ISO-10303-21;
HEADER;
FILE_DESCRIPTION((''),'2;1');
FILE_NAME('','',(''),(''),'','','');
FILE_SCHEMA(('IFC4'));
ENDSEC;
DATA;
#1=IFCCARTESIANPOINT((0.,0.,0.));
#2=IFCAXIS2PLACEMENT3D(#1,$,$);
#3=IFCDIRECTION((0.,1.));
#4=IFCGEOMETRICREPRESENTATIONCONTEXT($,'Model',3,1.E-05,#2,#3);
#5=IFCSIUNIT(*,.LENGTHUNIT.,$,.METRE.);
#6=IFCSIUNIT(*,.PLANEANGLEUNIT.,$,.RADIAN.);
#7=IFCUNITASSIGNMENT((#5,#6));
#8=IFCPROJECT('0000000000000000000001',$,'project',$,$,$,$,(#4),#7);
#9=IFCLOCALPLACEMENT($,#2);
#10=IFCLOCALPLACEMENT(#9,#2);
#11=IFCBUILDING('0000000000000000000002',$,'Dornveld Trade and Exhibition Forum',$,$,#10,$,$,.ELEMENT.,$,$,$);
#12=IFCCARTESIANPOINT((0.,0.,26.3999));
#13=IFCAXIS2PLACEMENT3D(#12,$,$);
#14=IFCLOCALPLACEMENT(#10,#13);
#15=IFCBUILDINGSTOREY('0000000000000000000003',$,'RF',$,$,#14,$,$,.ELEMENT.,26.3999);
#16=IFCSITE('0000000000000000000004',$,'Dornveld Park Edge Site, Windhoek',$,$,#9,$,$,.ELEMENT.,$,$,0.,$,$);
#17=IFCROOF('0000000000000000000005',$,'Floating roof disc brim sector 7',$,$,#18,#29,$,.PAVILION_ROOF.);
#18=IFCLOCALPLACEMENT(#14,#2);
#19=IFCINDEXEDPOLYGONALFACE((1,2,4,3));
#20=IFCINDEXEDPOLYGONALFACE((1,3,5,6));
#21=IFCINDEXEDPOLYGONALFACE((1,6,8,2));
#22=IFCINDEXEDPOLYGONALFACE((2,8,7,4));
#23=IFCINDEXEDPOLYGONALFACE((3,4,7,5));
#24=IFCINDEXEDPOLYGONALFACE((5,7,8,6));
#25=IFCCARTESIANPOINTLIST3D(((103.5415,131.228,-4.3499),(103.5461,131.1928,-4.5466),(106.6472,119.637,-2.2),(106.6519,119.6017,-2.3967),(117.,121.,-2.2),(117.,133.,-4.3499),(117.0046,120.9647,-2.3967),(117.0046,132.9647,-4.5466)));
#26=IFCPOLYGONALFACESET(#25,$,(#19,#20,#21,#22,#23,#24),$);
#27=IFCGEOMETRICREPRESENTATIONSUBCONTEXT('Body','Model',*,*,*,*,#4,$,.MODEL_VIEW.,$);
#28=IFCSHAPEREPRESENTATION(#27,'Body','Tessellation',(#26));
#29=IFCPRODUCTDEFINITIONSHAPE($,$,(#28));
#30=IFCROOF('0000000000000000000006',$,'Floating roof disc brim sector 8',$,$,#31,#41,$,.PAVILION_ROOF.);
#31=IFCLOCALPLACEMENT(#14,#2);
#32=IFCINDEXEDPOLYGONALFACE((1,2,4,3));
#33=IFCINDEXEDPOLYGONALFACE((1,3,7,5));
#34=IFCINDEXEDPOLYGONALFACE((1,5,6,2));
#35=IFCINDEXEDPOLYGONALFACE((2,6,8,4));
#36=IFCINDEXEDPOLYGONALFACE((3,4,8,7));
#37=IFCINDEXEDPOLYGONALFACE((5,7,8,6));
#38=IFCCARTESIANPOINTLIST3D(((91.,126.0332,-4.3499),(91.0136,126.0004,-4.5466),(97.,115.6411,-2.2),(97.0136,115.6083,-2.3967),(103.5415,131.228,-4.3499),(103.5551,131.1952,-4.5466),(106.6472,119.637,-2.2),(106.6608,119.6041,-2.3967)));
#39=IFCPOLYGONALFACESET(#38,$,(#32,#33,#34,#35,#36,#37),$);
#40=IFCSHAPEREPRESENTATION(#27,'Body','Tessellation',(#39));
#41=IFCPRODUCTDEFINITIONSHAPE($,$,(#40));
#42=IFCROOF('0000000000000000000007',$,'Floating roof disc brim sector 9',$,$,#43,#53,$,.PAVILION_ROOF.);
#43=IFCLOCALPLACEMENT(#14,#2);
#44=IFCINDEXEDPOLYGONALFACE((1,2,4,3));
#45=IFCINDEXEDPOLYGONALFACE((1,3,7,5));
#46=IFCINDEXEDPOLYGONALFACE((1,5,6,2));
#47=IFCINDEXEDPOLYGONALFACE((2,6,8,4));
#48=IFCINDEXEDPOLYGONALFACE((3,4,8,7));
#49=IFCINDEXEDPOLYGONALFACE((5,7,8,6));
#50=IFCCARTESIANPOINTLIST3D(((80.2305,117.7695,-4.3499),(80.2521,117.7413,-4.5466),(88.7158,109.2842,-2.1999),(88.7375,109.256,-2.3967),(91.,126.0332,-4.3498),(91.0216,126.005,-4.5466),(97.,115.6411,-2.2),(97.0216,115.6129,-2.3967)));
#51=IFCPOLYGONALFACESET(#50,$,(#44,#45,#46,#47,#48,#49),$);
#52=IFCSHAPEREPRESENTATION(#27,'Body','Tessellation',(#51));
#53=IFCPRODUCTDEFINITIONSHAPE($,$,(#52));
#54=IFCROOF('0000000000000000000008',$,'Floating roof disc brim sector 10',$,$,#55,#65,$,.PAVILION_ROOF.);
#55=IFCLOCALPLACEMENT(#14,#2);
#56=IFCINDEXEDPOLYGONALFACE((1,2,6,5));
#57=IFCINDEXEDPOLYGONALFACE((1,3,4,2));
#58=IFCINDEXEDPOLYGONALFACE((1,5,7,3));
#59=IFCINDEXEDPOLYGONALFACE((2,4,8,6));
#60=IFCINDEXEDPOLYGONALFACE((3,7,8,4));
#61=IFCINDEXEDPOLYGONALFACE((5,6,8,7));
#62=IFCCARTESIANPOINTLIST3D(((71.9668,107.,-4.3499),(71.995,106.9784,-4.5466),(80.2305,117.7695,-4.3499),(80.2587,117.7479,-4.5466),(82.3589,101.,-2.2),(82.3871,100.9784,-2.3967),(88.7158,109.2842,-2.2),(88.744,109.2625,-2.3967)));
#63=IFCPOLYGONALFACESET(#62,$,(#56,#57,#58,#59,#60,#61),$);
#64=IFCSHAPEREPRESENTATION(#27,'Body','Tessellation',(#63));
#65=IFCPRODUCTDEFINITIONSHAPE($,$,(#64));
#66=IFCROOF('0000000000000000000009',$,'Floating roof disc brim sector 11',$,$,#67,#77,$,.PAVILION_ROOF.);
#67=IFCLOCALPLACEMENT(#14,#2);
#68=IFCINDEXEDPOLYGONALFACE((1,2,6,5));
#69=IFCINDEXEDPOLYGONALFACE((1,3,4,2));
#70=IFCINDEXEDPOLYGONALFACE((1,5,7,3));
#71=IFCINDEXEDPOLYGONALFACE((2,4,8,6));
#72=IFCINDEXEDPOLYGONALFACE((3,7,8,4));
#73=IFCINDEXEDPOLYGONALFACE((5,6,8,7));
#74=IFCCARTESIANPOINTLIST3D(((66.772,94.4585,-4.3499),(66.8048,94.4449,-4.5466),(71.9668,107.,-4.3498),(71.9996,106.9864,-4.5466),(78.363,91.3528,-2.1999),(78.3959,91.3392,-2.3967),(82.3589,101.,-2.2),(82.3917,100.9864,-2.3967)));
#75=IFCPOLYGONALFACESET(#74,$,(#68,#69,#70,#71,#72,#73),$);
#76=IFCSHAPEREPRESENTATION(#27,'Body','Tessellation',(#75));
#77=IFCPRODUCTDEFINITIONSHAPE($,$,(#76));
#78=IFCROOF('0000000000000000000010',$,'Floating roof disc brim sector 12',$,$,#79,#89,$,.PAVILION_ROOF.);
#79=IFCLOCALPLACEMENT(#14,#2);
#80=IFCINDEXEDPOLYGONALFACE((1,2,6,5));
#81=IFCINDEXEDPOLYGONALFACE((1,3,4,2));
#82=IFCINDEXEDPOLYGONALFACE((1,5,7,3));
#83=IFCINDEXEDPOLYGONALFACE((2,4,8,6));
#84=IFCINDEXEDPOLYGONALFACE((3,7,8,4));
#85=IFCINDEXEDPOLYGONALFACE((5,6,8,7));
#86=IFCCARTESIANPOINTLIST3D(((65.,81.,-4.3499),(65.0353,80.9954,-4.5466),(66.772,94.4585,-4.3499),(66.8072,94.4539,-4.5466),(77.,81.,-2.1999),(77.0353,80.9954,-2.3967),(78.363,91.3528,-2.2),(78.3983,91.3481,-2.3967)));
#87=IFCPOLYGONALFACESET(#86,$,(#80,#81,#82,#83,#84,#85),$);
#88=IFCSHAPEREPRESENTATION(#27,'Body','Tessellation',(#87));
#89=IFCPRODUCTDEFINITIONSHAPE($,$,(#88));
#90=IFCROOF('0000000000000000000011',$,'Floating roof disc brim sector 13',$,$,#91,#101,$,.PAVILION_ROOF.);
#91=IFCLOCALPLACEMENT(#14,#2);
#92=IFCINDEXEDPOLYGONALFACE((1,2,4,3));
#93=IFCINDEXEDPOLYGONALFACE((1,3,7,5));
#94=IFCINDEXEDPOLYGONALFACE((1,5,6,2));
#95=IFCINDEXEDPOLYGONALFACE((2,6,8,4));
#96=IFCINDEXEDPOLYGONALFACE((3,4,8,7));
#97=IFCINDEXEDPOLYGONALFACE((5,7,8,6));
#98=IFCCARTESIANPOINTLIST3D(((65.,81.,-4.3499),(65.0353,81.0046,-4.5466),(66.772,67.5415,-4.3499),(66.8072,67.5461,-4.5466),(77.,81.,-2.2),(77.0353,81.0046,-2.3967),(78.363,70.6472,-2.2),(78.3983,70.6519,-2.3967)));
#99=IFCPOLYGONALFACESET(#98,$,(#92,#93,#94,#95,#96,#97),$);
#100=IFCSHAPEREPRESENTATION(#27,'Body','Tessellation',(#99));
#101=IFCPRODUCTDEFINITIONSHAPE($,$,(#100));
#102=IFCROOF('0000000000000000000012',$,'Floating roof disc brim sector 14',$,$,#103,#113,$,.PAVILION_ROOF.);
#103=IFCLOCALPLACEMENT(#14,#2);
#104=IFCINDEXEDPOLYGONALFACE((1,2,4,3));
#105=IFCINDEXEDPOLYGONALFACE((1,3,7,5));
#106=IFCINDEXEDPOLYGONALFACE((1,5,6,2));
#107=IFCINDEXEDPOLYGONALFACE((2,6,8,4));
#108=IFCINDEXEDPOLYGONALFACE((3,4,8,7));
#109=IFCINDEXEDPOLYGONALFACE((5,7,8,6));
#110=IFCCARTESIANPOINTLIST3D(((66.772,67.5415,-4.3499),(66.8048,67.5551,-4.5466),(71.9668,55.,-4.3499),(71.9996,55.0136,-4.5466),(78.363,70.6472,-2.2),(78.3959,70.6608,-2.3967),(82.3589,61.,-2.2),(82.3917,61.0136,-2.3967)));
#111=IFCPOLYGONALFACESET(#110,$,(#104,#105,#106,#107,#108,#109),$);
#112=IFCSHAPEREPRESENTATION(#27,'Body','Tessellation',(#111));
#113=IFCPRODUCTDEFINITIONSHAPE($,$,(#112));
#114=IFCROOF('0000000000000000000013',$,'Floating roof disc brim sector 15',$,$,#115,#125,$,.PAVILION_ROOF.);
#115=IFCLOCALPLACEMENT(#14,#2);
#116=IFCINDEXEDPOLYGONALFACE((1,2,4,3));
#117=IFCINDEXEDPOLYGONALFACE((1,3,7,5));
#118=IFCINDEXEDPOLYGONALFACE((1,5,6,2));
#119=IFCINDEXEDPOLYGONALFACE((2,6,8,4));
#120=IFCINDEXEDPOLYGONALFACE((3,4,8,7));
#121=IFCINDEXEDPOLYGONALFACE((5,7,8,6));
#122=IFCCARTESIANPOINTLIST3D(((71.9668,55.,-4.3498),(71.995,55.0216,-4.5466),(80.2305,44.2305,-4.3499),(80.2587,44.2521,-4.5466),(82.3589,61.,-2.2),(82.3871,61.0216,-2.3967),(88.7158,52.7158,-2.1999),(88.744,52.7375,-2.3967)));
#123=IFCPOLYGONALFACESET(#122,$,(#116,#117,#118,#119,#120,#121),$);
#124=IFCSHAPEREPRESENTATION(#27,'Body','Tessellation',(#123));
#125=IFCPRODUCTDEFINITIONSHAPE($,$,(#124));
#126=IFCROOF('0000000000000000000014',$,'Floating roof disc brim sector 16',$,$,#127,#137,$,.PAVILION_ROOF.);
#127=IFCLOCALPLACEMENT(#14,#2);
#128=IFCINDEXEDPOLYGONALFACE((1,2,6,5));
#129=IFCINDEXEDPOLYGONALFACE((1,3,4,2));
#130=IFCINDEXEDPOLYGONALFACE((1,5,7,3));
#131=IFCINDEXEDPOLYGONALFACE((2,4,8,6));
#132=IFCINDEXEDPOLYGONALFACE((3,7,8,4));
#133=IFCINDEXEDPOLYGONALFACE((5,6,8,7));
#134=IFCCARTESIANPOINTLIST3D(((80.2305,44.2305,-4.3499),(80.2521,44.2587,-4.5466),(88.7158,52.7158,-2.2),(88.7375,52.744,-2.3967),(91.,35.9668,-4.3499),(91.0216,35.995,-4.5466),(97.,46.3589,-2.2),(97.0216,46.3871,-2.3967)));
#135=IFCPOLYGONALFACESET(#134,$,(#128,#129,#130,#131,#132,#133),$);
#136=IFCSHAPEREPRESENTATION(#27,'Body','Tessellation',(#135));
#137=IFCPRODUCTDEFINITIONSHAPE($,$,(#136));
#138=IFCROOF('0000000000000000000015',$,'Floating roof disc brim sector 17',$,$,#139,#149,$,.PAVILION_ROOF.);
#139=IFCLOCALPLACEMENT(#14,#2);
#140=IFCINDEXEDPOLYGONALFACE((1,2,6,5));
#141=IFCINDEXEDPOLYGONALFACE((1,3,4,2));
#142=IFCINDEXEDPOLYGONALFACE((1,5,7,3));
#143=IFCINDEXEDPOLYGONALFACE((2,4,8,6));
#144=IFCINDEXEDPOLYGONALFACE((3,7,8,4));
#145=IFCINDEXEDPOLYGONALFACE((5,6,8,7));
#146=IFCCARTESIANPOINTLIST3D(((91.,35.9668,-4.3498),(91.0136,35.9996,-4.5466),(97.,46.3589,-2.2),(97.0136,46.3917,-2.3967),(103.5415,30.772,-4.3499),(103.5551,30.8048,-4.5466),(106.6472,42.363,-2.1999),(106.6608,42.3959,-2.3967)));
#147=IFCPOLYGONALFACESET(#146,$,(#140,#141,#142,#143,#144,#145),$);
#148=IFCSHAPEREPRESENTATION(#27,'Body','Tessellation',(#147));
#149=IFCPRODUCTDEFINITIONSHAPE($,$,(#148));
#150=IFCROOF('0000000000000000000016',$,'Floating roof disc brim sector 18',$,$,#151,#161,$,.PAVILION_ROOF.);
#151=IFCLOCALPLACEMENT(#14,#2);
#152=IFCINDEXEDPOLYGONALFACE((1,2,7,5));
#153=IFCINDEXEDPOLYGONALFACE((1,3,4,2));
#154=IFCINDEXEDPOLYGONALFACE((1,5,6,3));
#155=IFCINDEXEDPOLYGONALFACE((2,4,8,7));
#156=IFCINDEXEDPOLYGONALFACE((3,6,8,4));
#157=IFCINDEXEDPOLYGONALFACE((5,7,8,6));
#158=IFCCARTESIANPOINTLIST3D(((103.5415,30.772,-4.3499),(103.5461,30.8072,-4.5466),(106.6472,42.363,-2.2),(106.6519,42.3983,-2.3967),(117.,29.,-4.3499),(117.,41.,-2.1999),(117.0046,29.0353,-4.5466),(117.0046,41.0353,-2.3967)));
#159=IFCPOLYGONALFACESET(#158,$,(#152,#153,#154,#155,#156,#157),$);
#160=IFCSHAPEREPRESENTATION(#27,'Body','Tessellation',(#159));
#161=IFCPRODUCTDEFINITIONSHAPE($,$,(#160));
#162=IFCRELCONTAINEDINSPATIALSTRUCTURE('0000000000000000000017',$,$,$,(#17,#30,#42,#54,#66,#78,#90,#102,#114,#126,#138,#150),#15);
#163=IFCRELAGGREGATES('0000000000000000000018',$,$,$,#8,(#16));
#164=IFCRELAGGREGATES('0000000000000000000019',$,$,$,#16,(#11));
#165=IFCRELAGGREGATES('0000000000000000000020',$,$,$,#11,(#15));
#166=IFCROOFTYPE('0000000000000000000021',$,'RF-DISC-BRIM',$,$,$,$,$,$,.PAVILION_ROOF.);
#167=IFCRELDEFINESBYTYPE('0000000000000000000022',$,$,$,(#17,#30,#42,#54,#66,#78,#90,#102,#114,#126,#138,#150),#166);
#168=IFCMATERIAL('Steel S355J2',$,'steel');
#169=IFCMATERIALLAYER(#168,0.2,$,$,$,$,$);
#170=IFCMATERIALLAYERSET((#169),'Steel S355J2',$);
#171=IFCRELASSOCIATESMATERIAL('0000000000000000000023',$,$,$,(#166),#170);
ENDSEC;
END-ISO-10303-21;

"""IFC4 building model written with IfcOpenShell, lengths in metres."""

from ifc_helpers import new_model, si_unit, direction, frame, origin, place, context, subcontext, project, spatial, polyline, outline, extrude, material, layer, layer_set, type_object, element, save


model = new_model("IFC4")

# Units and contexts
model_context = context("Model", 3, precision=1e-05, world=origin(), true_north=direction((0.0, 1.0)))
body_context = subcontext(model_context, "Body", "Model", "MODEL_VIEW")
ifc_project = project(units=[si_unit("LENGTHUNIT", "METRE"), si_unit("PLANEANGLEUNIT", "RADIAN")], contexts=[model_context])

# Site, building, storey
site_placement = place(None, origin())
site = spatial("IfcSite", under=ifc_project, at=site_placement, Name="Dornveld Park Edge Site, Windhoek", CompositionType="ELEMENT", RefElevation=0.0)
building_placement = place(site_placement, origin())
building = spatial("IfcBuilding", under=site, at=building_placement, Name="Dornveld Trade and Exhibition Forum", CompositionType="ELEMENT")
storey_placement = place(building_placement, frame((0.0, 0.0, 26.3999)))
storey = spatial("IfcBuildingStorey", under=building, at=storey_placement, Name="RF", CompositionType="ELEMENT", Elevation=26.3999)

# Roofs
ifc_material_1 = material(Name="Steel S355J2", Category="steel")
ifc_layer_1 = layer(ifc_material_1, 0.2)
ifc_layer_set_1 = layer_set([ifc_layer_1], Name="Steel S355J2")
roof_type_1 = type_object("IfcRoofType", Name="RF-DISC-BRIM", PredefinedType="PAVILION_ROOF", material=ifc_layer_set_1)
roof_1_placement = place(storey_placement, frame((117.0, 121.0, -2.2), z_axis=(-0.023212, 0.176303, 0.984062), x_axis=(0.0, 0.984327, -0.176351)))
element("IfcRoof", 1, at=roof_1_placement, inside=storey, type_object=roof_type_1, Name="Floating roof disc brim sector 7", PredefinedType="PAVILION_ROOF", context=body_context, shape_type="SweptSolid", body=[
    extrude(outline(polyline([(0.0, 0.0), (12.1911, 0.0), (10.4469, 13.4621), (-1.3417, 10.3556), (0.0, 0.0)])), origin(), (0.0, 0.0, -1.0), 0.2),
])
roof_2_placement = place(storey_placement, frame((106.6472, 119.637, -2.2), z_axis=(-0.06805, 0.164291, 0.984062), x_axis=(-0.254755, 0.950789, -0.176353)))
element("IfcRoof", 2, at=roof_2_placement, inside=storey, type_object=roof_type_1, Name="Floating roof disc brim sector 8", PredefinedType="PAVILION_ROOF", context=body_context, shape_type="SweptSolid", body=[
    extrude(outline(polyline([(0.0, 0.0), (12.191, 0.0), (10.4468, 13.4623), (-1.3415, 10.3555), (0.0, 0.0)])), origin(), (0.0, 0.0, -1.0), 0.2),
])
roof_3_placement = place(storey_placement, frame((97.0, 115.6411, -2.2), z_axis=(-0.108254, 0.141077, 0.984062), x_axis=(-0.492171, 0.852448, -0.176351)))
element("IfcRoof", 3, at=roof_3_placement, inside=storey, type_object=roof_type_1, Name="Floating roof disc brim sector 9", PredefinedType="PAVILION_ROOF", context=body_context, shape_type="SweptSolid", body=[
    extrude(outline(polyline([(0.0, 0.0), (12.1909, 0.0), (10.447, 13.4622), (-1.3417, 10.3556), (0.0, 0.0)])), origin(), (0.0, 0.0, -1.0), 0.2),
])
roof_4_placement = place(storey_placement, frame((88.7158, 109.2842, -2.2), z_axis=(-0.141077, 0.108254, 0.984062), x_axis=(-0.696024, 0.696025, -0.176351)))
element("IfcRoof", 4, at=roof_4_placement, inside=storey, type_object=roof_type_1, Name="Floating roof disc brim sector 10", PredefinedType="PAVILION_ROOF", context=body_context, shape_type="SweptSolid", body=[
    extrude(outline(polyline([(0.0, 0.0), (12.1912, 0.0), (10.447, 13.4621), (-1.3414, 10.3556), (0.0, 0.0)])), origin(), (0.0, 0.0, -1.0), 0.2),
])
roof_5_placement = place(storey_placement, frame((82.3589, 101.0, -2.2), z_axis=(-0.164291, 0.06805, 0.984062), x_axis=(-0.852448, 0.492171, -0.176352)))
element("IfcRoof", 5, at=roof_5_placement, inside=storey, type_object=roof_type_1, Name="Floating roof disc brim sector 11", PredefinedType="PAVILION_ROOF", context=body_context, shape_type="SweptSolid", body=[
    extrude(outline(polyline([(0.0, 0.0), (12.1909, 0.0), (10.4466, 13.4623), (-1.3418, 10.3554), (0.0, 0.0)])), origin(), (0.0, 0.0, -1.0), 0.2),
])
roof_6_placement = place(storey_placement, frame((78.363, 91.3528, -2.2), z_axis=(-0.176303, 0.023212, 0.984062), x_axis=(-0.950789, 0.254755, -0.176351)))
element("IfcRoof", 6, at=roof_6_placement, inside=storey, type_object=roof_type_1, Name="Floating roof disc brim sector 12", PredefinedType="PAVILION_ROOF", context=body_context, shape_type="SweptSolid", body=[
    extrude(outline(polyline([(0.0, 0.0), (12.191, 0.0), (10.4472, 13.4622), (-1.3415, 10.3556), (0.0, 0.0)])), origin(), (0.0, 0.0, -1.0), 0.2),
])
roof_7_placement = place(storey_placement, frame((77.0, 81.0, -2.2), z_axis=(-0.176303, -0.023212, 0.984062), x_axis=(-0.984327, 0.0, -0.176351)))
element("IfcRoof", 7, at=roof_7_placement, inside=storey, type_object=roof_type_1, Name="Floating roof disc brim sector 13", PredefinedType="PAVILION_ROOF", context=body_context, shape_type="SweptSolid", body=[
    extrude(outline(polyline([(0.0, 0.0), (12.1911, 0.0), (10.4469, 13.4621), (-1.3417, 10.3556), (0.0, 0.0)])), origin(), (0.0, 0.0, -1.0), 0.2),
])
roof_8_placement = place(storey_placement, frame((78.363, 70.6472, -2.2), z_axis=(-0.164291, -0.06805, 0.984062), x_axis=(-0.950789, -0.254755, -0.176353)))
element("IfcRoof", 8, at=roof_8_placement, inside=storey, type_object=roof_type_1, Name="Floating roof disc brim sector 14", PredefinedType="PAVILION_ROOF", context=body_context, shape_type="SweptSolid", body=[
    extrude(outline(polyline([(0.0, 0.0), (12.191, 0.0), (10.4468, 13.4623), (-1.3415, 10.3555), (0.0, 0.0)])), origin(), (0.0, 0.0, -1.0), 0.2),
])
roof_9_placement = place(storey_placement, frame((82.3589, 61.0, -2.2), z_axis=(-0.141077, -0.108254, 0.984062), x_axis=(-0.852448, -0.492171, -0.176351)))
element("IfcRoof", 9, at=roof_9_placement, inside=storey, type_object=roof_type_1, Name="Floating roof disc brim sector 15", PredefinedType="PAVILION_ROOF", context=body_context, shape_type="SweptSolid", body=[
    extrude(outline(polyline([(0.0, 0.0), (12.1909, 0.0), (10.447, 13.4622), (-1.3417, 10.3556), (0.0, 0.0)])), origin(), (0.0, 0.0, -1.0), 0.2),
])
roof_10_placement = place(storey_placement, frame((88.7158, 52.7158, -2.2), z_axis=(-0.108254, -0.141077, 0.984062), x_axis=(-0.696025, -0.696024, -0.176351)))
element("IfcRoof", 10, at=roof_10_placement, inside=storey, type_object=roof_type_1, Name="Floating roof disc brim sector 16", PredefinedType="PAVILION_ROOF", context=body_context, shape_type="SweptSolid", body=[
    extrude(outline(polyline([(0.0, 0.0), (12.1912, 0.0), (10.447, 13.4621), (-1.3414, 10.3556), (0.0, 0.0)])), origin(), (0.0, 0.0, -1.0), 0.2),
])
roof_11_placement = place(storey_placement, frame((97.0, 46.3589, -2.2), z_axis=(-0.06805, -0.164291, 0.984062), x_axis=(-0.492171, -0.852448, -0.176352)))
element("IfcRoof", 11, at=roof_11_placement, inside=storey, type_object=roof_type_1, Name="Floating roof disc brim sector 17", PredefinedType="PAVILION_ROOF", context=body_context, shape_type="SweptSolid", body=[
    extrude(outline(polyline([(0.0, 0.0), (12.1909, 0.0), (10.4466, 13.4623), (-1.3418, 10.3554), (0.0, 0.0)])), origin(), (0.0, 0.0, -1.0), 0.2),
])
roof_12_placement = place(storey_placement, frame((106.6472, 42.363, -2.2), z_axis=(-0.023212, -0.176303, 0.984062), x_axis=(-0.254755, -0.950789, -0.176351)))
element("IfcRoof", 12, at=roof_12_placement, inside=storey, type_object=roof_type_1, Name="Floating roof disc brim sector 18", PredefinedType="PAVILION_ROOF", context=body_context, shape_type="SweptSolid", body=[
    extrude(outline(polyline([(0.0, 0.0), (12.191, 0.0), (10.4472, 13.4622), (-1.3415, 10.3556), (0.0, 0.0)])), origin(), (0.0, 0.0, -1.0), 0.2),
])

save(model, "model.ifc")
